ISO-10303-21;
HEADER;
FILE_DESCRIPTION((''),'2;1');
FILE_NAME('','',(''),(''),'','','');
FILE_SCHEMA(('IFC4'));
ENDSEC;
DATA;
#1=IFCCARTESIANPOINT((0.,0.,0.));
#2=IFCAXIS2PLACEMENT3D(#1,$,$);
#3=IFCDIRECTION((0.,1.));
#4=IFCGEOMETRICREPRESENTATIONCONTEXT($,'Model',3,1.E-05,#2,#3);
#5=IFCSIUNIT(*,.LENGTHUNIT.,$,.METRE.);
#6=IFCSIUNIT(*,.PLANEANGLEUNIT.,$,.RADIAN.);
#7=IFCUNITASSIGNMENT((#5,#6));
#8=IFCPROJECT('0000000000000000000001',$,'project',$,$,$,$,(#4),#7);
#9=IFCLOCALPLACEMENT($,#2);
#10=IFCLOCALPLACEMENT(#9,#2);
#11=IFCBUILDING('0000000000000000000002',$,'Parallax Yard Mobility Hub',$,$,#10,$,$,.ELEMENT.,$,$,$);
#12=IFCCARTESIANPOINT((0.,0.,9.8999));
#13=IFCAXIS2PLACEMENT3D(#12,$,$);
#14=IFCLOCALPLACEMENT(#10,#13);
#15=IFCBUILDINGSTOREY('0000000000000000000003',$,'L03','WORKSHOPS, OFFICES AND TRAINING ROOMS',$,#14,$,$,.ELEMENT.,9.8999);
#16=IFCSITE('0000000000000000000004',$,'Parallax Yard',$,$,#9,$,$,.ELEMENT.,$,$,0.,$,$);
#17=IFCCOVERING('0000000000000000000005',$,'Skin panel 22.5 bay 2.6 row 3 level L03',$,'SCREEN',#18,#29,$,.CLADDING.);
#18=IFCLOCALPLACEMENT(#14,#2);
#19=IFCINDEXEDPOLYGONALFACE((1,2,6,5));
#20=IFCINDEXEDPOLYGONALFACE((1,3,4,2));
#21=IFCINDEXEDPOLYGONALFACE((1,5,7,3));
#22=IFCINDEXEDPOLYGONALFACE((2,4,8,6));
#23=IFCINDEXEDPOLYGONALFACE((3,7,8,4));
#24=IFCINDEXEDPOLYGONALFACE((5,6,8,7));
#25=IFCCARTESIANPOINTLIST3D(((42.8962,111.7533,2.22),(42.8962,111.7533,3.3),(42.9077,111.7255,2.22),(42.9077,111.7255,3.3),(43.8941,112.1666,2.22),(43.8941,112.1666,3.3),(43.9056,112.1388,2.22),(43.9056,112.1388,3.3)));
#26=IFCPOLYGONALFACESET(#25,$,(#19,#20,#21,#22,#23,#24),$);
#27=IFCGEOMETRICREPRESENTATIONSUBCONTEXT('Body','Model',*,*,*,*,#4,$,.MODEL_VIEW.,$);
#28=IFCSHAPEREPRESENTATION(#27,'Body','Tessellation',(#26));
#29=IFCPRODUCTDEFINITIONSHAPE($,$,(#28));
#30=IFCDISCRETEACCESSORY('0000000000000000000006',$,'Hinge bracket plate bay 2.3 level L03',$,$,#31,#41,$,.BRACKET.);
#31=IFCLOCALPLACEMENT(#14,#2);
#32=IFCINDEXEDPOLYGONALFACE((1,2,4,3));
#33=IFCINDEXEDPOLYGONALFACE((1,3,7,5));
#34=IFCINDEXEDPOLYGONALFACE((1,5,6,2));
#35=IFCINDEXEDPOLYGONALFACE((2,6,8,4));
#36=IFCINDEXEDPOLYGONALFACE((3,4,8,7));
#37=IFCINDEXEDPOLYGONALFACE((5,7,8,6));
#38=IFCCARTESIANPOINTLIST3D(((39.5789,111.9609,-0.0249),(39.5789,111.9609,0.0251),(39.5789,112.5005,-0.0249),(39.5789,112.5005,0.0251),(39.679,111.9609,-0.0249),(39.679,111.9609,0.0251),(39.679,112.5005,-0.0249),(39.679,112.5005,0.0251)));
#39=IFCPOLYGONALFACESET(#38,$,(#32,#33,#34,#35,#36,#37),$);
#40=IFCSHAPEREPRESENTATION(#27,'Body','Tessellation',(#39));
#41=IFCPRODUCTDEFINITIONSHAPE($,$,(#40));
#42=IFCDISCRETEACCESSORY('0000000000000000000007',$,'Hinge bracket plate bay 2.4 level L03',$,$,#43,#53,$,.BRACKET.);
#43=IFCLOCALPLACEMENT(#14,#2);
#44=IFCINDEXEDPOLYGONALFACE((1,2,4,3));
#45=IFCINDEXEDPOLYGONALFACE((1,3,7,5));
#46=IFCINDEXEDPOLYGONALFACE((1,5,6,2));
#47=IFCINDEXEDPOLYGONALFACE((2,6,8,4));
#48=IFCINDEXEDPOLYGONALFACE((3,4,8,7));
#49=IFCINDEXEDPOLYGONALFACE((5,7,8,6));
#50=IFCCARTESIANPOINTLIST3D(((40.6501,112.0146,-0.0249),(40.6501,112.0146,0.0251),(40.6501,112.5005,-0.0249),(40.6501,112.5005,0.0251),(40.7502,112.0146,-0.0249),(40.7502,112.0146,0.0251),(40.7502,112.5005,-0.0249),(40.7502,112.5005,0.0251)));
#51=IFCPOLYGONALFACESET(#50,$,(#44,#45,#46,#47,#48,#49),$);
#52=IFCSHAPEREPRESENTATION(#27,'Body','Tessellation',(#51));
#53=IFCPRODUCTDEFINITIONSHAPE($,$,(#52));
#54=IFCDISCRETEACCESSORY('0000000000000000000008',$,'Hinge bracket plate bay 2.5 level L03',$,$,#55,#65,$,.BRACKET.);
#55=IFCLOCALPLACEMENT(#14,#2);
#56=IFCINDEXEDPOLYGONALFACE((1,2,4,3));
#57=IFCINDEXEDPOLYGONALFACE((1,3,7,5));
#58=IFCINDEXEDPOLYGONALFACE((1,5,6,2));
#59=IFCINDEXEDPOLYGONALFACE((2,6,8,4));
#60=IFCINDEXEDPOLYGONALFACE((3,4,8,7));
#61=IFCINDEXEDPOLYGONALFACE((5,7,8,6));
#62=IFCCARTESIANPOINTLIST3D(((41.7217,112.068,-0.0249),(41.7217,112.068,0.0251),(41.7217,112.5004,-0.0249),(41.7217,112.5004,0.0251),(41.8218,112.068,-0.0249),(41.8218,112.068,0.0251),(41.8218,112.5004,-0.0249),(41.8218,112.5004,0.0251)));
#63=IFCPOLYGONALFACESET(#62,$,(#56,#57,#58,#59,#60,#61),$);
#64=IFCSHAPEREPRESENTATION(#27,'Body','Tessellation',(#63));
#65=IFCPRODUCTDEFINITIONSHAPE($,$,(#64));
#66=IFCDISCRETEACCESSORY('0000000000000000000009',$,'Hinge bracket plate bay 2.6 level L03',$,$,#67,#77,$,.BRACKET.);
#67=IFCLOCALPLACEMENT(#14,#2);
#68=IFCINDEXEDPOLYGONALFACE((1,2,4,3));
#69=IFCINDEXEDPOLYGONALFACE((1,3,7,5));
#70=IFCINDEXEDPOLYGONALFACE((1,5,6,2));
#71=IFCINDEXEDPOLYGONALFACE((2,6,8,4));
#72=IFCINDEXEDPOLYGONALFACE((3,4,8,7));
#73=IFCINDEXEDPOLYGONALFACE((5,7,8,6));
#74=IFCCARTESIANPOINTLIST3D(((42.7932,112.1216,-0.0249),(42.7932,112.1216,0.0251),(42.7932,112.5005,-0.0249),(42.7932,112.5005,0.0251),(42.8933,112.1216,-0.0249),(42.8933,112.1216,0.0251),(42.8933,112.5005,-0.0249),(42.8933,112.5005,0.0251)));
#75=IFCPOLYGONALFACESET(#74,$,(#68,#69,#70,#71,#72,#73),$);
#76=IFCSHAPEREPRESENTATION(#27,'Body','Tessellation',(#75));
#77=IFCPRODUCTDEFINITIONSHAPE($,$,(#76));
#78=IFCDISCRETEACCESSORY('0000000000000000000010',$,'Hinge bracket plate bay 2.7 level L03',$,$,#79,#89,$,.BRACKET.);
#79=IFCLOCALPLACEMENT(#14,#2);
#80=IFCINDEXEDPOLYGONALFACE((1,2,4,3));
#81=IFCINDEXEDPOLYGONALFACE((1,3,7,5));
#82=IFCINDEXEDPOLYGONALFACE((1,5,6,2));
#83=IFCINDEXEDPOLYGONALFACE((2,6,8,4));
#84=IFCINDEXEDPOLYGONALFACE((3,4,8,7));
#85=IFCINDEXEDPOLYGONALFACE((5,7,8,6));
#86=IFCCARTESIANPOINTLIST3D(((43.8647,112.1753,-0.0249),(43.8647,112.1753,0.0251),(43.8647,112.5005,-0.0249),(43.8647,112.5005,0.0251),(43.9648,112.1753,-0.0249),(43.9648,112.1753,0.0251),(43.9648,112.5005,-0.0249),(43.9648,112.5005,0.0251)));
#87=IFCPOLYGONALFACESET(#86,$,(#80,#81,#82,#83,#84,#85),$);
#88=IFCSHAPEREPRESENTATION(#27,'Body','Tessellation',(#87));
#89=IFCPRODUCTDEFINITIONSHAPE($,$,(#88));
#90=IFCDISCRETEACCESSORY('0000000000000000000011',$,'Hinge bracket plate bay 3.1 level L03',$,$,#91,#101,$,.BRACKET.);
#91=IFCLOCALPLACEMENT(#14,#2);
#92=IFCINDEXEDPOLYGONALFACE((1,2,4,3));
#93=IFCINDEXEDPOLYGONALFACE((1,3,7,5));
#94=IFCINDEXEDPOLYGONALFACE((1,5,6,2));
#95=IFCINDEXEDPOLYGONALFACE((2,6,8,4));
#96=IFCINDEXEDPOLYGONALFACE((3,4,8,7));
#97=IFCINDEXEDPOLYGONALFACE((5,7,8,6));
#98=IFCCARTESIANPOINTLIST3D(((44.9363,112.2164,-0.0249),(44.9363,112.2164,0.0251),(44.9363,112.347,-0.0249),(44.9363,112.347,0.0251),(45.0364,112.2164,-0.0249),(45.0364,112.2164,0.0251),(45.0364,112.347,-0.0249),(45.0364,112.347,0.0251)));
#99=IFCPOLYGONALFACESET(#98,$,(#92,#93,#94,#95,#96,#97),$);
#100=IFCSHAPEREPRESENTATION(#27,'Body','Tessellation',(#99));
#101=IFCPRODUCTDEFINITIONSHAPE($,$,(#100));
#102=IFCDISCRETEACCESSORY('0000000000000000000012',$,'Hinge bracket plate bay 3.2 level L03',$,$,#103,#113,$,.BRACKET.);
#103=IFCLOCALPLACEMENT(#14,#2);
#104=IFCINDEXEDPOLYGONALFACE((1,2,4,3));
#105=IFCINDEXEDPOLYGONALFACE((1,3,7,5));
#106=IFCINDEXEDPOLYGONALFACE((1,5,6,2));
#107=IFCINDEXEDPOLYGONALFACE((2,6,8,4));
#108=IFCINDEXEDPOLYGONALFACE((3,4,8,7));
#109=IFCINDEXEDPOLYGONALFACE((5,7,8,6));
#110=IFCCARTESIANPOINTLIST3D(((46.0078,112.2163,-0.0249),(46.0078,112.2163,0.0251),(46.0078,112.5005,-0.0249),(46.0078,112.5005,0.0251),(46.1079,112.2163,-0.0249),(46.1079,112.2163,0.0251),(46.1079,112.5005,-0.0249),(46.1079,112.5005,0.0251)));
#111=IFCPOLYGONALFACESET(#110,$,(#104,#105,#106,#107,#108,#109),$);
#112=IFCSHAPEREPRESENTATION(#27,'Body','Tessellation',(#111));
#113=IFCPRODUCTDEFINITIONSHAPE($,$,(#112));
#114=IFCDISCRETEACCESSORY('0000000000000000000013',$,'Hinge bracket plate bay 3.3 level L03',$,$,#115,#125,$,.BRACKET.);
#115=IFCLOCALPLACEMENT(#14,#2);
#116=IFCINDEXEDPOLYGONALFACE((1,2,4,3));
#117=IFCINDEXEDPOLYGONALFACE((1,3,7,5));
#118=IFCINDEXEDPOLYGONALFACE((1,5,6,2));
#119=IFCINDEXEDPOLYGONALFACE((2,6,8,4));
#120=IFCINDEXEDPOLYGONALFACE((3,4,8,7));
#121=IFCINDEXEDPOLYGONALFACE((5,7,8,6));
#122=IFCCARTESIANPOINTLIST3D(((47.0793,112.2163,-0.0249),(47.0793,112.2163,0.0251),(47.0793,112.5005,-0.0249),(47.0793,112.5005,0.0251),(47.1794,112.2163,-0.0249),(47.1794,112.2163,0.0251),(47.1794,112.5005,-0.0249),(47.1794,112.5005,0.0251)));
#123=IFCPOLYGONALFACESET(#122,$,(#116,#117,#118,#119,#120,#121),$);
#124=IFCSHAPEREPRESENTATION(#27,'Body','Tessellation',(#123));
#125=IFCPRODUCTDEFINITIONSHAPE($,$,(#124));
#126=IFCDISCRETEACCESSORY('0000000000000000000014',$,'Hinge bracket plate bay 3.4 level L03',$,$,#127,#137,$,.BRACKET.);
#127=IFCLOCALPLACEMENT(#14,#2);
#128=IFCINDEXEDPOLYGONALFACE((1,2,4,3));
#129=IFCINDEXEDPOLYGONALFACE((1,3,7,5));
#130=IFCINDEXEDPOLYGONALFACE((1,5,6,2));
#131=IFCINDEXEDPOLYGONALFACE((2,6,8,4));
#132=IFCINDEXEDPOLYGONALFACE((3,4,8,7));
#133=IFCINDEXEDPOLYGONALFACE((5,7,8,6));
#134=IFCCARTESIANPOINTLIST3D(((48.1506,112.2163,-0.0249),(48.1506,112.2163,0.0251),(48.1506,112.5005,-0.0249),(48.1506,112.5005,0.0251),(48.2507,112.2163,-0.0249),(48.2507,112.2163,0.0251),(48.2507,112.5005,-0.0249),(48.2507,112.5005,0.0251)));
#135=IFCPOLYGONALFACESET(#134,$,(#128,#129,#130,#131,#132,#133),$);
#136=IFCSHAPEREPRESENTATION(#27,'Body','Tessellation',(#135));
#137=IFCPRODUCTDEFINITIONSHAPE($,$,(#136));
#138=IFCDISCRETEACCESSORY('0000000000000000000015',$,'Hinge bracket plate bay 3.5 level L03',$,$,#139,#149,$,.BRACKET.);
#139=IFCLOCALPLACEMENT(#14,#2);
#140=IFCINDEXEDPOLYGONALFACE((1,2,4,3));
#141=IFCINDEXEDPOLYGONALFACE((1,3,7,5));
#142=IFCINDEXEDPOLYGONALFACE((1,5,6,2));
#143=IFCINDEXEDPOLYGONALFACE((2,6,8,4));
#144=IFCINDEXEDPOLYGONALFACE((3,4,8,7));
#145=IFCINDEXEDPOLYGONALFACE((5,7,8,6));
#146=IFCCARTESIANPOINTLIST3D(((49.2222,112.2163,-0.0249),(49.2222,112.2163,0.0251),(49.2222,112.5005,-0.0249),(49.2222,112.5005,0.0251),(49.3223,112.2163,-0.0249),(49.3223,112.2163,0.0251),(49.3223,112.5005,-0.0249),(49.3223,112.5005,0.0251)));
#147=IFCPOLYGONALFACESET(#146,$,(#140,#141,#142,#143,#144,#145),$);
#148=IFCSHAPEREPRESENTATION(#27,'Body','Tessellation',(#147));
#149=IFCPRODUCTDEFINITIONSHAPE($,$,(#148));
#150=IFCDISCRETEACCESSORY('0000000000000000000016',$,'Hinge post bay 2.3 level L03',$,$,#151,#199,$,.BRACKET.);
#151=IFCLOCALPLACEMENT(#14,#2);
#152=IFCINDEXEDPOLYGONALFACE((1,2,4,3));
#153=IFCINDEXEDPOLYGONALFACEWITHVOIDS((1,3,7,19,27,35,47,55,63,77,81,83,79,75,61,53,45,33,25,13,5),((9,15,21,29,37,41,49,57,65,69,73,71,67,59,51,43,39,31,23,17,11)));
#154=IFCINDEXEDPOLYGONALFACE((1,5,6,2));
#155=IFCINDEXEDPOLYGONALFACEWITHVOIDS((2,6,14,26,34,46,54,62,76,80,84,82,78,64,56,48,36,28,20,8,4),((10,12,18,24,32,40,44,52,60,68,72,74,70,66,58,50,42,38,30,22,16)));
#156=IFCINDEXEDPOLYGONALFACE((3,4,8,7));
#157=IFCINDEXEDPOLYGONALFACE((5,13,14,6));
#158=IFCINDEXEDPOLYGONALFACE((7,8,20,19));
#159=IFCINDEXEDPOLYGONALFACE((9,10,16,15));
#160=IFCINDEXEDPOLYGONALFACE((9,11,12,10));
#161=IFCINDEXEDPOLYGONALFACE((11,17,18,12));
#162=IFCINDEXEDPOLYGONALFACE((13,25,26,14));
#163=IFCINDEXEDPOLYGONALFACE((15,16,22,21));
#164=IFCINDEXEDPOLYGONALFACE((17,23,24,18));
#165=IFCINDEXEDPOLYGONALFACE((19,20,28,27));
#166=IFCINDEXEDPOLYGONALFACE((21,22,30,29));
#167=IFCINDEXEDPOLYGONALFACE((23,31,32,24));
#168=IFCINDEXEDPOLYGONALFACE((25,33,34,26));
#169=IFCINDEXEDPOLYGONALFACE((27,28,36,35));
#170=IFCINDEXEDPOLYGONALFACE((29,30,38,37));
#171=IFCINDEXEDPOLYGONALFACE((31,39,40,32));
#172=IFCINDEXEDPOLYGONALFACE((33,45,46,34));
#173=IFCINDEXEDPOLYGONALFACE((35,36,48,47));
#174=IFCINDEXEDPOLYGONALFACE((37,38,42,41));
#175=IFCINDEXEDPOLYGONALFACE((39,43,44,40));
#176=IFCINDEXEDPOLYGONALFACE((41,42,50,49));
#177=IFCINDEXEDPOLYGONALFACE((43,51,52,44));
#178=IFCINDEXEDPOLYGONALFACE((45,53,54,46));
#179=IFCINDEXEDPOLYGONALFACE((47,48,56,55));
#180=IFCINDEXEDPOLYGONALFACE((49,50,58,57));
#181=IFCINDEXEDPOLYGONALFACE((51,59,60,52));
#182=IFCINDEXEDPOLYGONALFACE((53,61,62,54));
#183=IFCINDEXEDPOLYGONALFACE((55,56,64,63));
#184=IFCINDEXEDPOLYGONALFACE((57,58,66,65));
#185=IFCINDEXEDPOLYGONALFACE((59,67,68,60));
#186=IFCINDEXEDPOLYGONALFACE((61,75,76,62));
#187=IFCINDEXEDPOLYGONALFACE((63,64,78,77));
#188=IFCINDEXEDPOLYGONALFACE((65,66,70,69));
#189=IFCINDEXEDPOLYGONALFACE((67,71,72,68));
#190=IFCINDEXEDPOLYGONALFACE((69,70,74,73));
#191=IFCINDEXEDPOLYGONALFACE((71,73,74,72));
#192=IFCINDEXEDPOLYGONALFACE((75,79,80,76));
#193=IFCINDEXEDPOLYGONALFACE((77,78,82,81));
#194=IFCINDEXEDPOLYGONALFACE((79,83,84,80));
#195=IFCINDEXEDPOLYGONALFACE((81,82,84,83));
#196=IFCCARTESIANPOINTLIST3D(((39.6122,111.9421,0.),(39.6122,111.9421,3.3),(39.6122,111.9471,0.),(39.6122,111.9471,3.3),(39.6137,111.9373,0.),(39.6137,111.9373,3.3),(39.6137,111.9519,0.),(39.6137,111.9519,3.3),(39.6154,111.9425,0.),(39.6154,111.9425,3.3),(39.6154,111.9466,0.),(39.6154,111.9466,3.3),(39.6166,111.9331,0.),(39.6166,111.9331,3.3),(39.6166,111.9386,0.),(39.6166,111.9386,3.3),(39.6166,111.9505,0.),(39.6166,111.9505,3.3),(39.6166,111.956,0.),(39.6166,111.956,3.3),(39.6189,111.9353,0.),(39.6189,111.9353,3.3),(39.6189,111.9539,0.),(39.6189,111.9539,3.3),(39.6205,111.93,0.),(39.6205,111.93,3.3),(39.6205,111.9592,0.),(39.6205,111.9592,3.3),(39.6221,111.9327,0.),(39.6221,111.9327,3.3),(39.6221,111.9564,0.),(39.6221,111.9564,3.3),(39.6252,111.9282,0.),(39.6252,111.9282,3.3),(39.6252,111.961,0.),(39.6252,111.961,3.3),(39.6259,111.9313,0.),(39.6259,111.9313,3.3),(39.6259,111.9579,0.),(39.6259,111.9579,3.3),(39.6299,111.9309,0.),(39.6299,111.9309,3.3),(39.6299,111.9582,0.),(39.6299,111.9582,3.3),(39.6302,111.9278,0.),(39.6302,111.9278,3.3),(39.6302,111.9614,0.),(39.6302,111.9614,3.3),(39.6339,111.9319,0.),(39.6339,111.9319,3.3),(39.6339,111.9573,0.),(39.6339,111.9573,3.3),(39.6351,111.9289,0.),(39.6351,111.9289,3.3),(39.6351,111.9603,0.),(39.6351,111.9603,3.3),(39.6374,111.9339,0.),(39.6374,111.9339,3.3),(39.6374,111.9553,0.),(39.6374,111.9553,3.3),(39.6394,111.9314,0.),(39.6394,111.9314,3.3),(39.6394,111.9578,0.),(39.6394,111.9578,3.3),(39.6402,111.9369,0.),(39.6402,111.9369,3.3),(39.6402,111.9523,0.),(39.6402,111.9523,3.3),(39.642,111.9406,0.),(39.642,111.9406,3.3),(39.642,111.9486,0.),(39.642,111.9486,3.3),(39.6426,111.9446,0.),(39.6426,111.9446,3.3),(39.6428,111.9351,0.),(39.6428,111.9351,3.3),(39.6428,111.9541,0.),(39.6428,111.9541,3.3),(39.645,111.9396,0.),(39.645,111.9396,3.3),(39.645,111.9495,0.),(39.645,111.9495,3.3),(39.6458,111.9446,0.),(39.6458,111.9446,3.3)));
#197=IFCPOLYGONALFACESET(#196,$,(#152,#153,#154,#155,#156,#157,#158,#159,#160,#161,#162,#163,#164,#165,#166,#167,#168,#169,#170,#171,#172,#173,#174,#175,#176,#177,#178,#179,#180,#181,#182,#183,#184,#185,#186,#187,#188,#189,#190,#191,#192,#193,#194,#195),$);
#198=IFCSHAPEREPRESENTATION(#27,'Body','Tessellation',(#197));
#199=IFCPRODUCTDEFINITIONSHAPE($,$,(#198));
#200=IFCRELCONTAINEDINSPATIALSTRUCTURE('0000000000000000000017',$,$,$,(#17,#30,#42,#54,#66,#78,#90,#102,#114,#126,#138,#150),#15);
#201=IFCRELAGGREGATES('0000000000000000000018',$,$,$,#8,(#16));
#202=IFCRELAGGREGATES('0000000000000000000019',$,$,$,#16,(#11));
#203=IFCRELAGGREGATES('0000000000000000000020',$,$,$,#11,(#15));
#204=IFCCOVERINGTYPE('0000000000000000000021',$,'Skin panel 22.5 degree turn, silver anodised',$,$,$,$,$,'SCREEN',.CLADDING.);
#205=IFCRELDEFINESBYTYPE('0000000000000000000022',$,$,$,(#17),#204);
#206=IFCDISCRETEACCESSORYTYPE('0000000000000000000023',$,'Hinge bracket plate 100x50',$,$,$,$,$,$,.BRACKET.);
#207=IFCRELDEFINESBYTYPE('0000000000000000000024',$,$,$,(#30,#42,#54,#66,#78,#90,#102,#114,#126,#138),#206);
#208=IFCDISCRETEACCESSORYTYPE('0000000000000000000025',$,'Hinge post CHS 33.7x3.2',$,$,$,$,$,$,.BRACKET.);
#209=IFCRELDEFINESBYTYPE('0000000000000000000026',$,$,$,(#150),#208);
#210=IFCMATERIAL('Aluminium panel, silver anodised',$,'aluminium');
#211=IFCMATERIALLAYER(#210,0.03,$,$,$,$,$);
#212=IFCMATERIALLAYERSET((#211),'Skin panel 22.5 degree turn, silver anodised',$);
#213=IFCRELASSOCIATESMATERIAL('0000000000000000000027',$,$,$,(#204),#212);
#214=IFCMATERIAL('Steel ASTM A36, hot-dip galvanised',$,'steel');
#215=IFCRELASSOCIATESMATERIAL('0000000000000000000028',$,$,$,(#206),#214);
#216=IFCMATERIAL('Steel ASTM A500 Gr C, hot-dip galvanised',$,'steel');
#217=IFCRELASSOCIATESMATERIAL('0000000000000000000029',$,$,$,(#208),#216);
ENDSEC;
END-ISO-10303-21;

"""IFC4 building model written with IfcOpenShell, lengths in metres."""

from ifc_helpers import new_model, si_unit, direction, frame, origin, origin_2d, place, context, subcontext, project, spatial, rectangle, hollow_circle, extrude, material, layer, layer_set, material_profile, profile_set, type_object, element, save


model = new_model("IFC4")

# Units and contexts
model_context = context("Model", 3, precision=1e-05, world=origin(), true_north=direction((0.0, 1.0)))
body_context = subcontext(model_context, "Body", "Model", "MODEL_VIEW")
ifc_project = project(units=[si_unit("LENGTHUNIT", "METRE"), si_unit("PLANEANGLEUNIT", "RADIAN")], contexts=[model_context])

# Site, building, storey
site_placement = place(None, origin())
site = spatial("IfcSite", under=ifc_project, at=site_placement, Name="Parallax Yard", CompositionType="ELEMENT", RefElevation=0.0)
building_placement = place(site_placement, origin())
building = spatial("IfcBuilding", under=site, at=building_placement, Name="Parallax Yard Mobility Hub", CompositionType="ELEMENT")
storey_placement = place(building_placement, frame((0.0, 0.0, 9.8999)))
storey = spatial("IfcBuildingStorey", under=building, at=storey_placement, Name="L03", Description="WORKSHOPS, OFFICES AND TRAINING ROOMS", CompositionType="ELEMENT", Elevation=9.8999)

# Covering
ifc_material_1 = material(Name="Aluminium panel, silver anodised", Category="aluminium")
ifc_layer_1 = layer(ifc_material_1, 0.03)
ifc_layer_set_1 = layer_set([ifc_layer_1], Name="Skin panel 22.5 degree turn, silver anodised")
covering_type_1 = type_object("IfcCoveringType", Name="Skin panel 22.5 degree turn, silver anodised", ElementType="SCREEN", PredefinedType="CLADDING", material=ifc_layer_set_1)
for number, where, z_axis, x_axis, name in (
    (1, (43.4009, 111.946, 2.22), (0.0, 0.0, 1.0), (-0.92388, -0.382683, 0.0), "Skin panel 22.5 bay 2.6 row 3 level L03"),
):
    element("IfcCovering", number, at=place(storey_placement, frame(where, z_axis=z_axis, x_axis=x_axis)), inside=storey, type_object=covering_type_1, Name=name, ObjectType="SCREEN", PredefinedType="CLADDING", context=body_context, shape_type="SweptSolid", body=[
        extrude(rectangle(XDim=1.0801, YDim=0.03, at=origin_2d()), origin(), (0.0, 0.0, 1.0), 1.0801),
    ])

# Discrete accessories
ifc_material_2 = material(Name="Steel ASTM A36, hot-dip galvanised", Category="steel")
discrete_accessory_type_1 = type_object("IfcDiscreteAccessoryType", Name="Hinge bracket plate 100x50", PredefinedType="BRACKET", material=ifc_material_2)
discrete_accessory_1_placement = place(storey_placement, frame((39.6289, 112.2307, -0.0249), z_axis=(0.0, 0.0, 1.0), x_axis=(0.0, -1.0, 0.0)))
element("IfcDiscreteAccessory", 2, at=discrete_accessory_1_placement, inside=storey, type_object=discrete_accessory_type_1, Name="Hinge bracket plate bay 2.3 level L03", PredefinedType="BRACKET", context=body_context, shape_type="SweptSolid", body=[
    extrude(rectangle(XDim=0.5396, YDim=0.1001, at=origin_2d()), origin(), (0.0, 0.0, 1.0), 0.05),
])
discrete_accessory_2_placement = place(storey_placement, frame((40.7002, 112.2576, -0.0249), z_axis=(0.0, 0.0, 1.0), x_axis=(0.0, -1.0, 0.0)))
element("IfcDiscreteAccessory", 3, at=discrete_accessory_2_placement, inside=storey, type_object=discrete_accessory_type_1, Name="Hinge bracket plate bay 2.4 level L03", PredefinedType="BRACKET", context=body_context, shape_type="SweptSolid", body=[
    extrude(rectangle(XDim=0.4858, YDim=0.1001, at=origin_2d()), origin(), (0.0, 0.0, 1.0), 0.05),
])
discrete_accessory_3_placement = place(storey_placement, frame((41.7717, 112.2842, -0.0249), z_axis=(0.0, 0.0, 1.0), x_axis=(0.0, -1.0, 0.0)))
element("IfcDiscreteAccessory", 4, at=discrete_accessory_3_placement, inside=storey, type_object=discrete_accessory_type_1, Name="Hinge bracket plate bay 2.5 level L03", PredefinedType="BRACKET", context=body_context, shape_type="SweptSolid", body=[
    extrude(rectangle(XDim=0.4324, YDim=0.1001, at=origin_2d()), origin(), (0.0, 0.0, 1.0), 0.05),
])
discrete_accessory_4_placement = place(storey_placement, frame((42.8433, 112.311, -0.0249), z_axis=(0.0, 0.0, 1.0), x_axis=(0.0, -1.0, 0.0)))
element("IfcDiscreteAccessory", 5, at=discrete_accessory_4_placement, inside=storey, type_object=discrete_accessory_type_1, Name="Hinge bracket plate bay 2.6 level L03", PredefinedType="BRACKET", context=body_context, shape_type="SweptSolid", body=[
    extrude(rectangle(XDim=0.3789, YDim=0.1001, at=origin_2d()), origin(), (0.0, 0.0, 1.0), 0.05),
])
discrete_accessory_5_placement = place(storey_placement, frame((43.9148, 112.3379, -0.0249), z_axis=(0.0, 0.0, 1.0), x_axis=(0.0, -1.0, 0.0)))
element("IfcDiscreteAccessory", 6, at=discrete_accessory_5_placement, inside=storey, type_object=discrete_accessory_type_1, Name="Hinge bracket plate bay 2.7 level L03", PredefinedType="BRACKET", context=body_context, shape_type="SweptSolid", body=[
    extrude(rectangle(XDim=0.3252, YDim=0.1001, at=origin_2d()), origin(), (0.0, 0.0, 1.0), 0.05),
])
discrete_accessory_6_placement = place(storey_placement, frame((44.9863, 112.2817, -0.0249), z_axis=(0.0, 0.0, 1.0), x_axis=(0.0, -1.0, 0.0)))
element("IfcDiscreteAccessory", 7, at=discrete_accessory_6_placement, inside=storey, type_object=discrete_accessory_type_1, Name="Hinge bracket plate bay 3.1 level L03", PredefinedType="BRACKET", context=body_context, shape_type="SweptSolid", body=[
    extrude(rectangle(XDim=0.1306, YDim=0.1001, at=origin_2d()), origin(), (0.0, 0.0, 1.0), 0.05),
])
for number, where, z_axis, x_axis, name in (
    (8, (46.0579, 112.3584, -0.0249), (0.0, 0.0, 1.0), (0.0, -1.0, 0.0), "Hinge bracket plate bay 3.2 level L03"),
    (9, (47.1294, 112.3584, -0.0249), (0.0, 0.0, 1.0), (0.0, -1.0, 0.0), "Hinge bracket plate bay 3.3 level L03"),
    (10, (48.2007, 112.3584, -0.0249), (0.0, 0.0, 1.0), (0.0, -1.0, 0.0), "Hinge bracket plate bay 3.4 level L03"),
    (11, (49.2722, 112.3584, -0.0249), (0.0, 0.0, 1.0), (0.0, -1.0, 0.0), "Hinge bracket plate bay 3.5 level L03"),
):
    element("IfcDiscreteAccessory", number, at=place(storey_placement, frame(where, z_axis=z_axis, x_axis=x_axis)), inside=storey, type_object=discrete_accessory_type_1, Name=name, PredefinedType="BRACKET", context=body_context, shape_type="SweptSolid", body=[
        extrude(rectangle(XDim=0.2842, YDim=0.1001, at=origin_2d()), origin(), (0.0, 0.0, 1.0), 0.05),
    ])
ifc_material_3 = material(Name="Steel ASTM A500 Gr C, hot-dip galvanised", Category="steel")
ifc_material_profile_1 = material_profile(ifc_material_3, hollow_circle(Radius=0.0168, WallThickness=0.0032, at=origin_2d()), Name="CHS 33.7x3.2")
ifc_profile_set_1 = profile_set([ifc_material_profile_1], Name="Steel ASTM A500 Gr C, hot-dip galvanised")
discrete_accessory_type_2 = type_object("IfcDiscreteAccessoryType", Name="Hinge post CHS 33.7x3.2", PredefinedType="BRACKET", material=ifc_profile_set_1)
for number, where, z_axis, x_axis, name in (
    (12, (39.6289, 111.9446, 0.0), (0.0, 0.0, 1.0), (1.0, 0.0, 0.0), "Hinge post bay 2.3 level L03"),
):
    element("IfcDiscreteAccessory", number, at=place(storey_placement, frame(where, z_axis=z_axis, x_axis=x_axis)), inside=storey, type_object=discrete_accessory_type_2, Name=name, PredefinedType="BRACKET", context=body_context, shape_type="SweptSolid", body=[
        extrude(hollow_circle(Radius=0.0168, WallThickness=0.0032, at=origin_2d()), origin(), (0.0, 0.0, 1.0), 3.3),
    ])

save(model, "model.ifc")
